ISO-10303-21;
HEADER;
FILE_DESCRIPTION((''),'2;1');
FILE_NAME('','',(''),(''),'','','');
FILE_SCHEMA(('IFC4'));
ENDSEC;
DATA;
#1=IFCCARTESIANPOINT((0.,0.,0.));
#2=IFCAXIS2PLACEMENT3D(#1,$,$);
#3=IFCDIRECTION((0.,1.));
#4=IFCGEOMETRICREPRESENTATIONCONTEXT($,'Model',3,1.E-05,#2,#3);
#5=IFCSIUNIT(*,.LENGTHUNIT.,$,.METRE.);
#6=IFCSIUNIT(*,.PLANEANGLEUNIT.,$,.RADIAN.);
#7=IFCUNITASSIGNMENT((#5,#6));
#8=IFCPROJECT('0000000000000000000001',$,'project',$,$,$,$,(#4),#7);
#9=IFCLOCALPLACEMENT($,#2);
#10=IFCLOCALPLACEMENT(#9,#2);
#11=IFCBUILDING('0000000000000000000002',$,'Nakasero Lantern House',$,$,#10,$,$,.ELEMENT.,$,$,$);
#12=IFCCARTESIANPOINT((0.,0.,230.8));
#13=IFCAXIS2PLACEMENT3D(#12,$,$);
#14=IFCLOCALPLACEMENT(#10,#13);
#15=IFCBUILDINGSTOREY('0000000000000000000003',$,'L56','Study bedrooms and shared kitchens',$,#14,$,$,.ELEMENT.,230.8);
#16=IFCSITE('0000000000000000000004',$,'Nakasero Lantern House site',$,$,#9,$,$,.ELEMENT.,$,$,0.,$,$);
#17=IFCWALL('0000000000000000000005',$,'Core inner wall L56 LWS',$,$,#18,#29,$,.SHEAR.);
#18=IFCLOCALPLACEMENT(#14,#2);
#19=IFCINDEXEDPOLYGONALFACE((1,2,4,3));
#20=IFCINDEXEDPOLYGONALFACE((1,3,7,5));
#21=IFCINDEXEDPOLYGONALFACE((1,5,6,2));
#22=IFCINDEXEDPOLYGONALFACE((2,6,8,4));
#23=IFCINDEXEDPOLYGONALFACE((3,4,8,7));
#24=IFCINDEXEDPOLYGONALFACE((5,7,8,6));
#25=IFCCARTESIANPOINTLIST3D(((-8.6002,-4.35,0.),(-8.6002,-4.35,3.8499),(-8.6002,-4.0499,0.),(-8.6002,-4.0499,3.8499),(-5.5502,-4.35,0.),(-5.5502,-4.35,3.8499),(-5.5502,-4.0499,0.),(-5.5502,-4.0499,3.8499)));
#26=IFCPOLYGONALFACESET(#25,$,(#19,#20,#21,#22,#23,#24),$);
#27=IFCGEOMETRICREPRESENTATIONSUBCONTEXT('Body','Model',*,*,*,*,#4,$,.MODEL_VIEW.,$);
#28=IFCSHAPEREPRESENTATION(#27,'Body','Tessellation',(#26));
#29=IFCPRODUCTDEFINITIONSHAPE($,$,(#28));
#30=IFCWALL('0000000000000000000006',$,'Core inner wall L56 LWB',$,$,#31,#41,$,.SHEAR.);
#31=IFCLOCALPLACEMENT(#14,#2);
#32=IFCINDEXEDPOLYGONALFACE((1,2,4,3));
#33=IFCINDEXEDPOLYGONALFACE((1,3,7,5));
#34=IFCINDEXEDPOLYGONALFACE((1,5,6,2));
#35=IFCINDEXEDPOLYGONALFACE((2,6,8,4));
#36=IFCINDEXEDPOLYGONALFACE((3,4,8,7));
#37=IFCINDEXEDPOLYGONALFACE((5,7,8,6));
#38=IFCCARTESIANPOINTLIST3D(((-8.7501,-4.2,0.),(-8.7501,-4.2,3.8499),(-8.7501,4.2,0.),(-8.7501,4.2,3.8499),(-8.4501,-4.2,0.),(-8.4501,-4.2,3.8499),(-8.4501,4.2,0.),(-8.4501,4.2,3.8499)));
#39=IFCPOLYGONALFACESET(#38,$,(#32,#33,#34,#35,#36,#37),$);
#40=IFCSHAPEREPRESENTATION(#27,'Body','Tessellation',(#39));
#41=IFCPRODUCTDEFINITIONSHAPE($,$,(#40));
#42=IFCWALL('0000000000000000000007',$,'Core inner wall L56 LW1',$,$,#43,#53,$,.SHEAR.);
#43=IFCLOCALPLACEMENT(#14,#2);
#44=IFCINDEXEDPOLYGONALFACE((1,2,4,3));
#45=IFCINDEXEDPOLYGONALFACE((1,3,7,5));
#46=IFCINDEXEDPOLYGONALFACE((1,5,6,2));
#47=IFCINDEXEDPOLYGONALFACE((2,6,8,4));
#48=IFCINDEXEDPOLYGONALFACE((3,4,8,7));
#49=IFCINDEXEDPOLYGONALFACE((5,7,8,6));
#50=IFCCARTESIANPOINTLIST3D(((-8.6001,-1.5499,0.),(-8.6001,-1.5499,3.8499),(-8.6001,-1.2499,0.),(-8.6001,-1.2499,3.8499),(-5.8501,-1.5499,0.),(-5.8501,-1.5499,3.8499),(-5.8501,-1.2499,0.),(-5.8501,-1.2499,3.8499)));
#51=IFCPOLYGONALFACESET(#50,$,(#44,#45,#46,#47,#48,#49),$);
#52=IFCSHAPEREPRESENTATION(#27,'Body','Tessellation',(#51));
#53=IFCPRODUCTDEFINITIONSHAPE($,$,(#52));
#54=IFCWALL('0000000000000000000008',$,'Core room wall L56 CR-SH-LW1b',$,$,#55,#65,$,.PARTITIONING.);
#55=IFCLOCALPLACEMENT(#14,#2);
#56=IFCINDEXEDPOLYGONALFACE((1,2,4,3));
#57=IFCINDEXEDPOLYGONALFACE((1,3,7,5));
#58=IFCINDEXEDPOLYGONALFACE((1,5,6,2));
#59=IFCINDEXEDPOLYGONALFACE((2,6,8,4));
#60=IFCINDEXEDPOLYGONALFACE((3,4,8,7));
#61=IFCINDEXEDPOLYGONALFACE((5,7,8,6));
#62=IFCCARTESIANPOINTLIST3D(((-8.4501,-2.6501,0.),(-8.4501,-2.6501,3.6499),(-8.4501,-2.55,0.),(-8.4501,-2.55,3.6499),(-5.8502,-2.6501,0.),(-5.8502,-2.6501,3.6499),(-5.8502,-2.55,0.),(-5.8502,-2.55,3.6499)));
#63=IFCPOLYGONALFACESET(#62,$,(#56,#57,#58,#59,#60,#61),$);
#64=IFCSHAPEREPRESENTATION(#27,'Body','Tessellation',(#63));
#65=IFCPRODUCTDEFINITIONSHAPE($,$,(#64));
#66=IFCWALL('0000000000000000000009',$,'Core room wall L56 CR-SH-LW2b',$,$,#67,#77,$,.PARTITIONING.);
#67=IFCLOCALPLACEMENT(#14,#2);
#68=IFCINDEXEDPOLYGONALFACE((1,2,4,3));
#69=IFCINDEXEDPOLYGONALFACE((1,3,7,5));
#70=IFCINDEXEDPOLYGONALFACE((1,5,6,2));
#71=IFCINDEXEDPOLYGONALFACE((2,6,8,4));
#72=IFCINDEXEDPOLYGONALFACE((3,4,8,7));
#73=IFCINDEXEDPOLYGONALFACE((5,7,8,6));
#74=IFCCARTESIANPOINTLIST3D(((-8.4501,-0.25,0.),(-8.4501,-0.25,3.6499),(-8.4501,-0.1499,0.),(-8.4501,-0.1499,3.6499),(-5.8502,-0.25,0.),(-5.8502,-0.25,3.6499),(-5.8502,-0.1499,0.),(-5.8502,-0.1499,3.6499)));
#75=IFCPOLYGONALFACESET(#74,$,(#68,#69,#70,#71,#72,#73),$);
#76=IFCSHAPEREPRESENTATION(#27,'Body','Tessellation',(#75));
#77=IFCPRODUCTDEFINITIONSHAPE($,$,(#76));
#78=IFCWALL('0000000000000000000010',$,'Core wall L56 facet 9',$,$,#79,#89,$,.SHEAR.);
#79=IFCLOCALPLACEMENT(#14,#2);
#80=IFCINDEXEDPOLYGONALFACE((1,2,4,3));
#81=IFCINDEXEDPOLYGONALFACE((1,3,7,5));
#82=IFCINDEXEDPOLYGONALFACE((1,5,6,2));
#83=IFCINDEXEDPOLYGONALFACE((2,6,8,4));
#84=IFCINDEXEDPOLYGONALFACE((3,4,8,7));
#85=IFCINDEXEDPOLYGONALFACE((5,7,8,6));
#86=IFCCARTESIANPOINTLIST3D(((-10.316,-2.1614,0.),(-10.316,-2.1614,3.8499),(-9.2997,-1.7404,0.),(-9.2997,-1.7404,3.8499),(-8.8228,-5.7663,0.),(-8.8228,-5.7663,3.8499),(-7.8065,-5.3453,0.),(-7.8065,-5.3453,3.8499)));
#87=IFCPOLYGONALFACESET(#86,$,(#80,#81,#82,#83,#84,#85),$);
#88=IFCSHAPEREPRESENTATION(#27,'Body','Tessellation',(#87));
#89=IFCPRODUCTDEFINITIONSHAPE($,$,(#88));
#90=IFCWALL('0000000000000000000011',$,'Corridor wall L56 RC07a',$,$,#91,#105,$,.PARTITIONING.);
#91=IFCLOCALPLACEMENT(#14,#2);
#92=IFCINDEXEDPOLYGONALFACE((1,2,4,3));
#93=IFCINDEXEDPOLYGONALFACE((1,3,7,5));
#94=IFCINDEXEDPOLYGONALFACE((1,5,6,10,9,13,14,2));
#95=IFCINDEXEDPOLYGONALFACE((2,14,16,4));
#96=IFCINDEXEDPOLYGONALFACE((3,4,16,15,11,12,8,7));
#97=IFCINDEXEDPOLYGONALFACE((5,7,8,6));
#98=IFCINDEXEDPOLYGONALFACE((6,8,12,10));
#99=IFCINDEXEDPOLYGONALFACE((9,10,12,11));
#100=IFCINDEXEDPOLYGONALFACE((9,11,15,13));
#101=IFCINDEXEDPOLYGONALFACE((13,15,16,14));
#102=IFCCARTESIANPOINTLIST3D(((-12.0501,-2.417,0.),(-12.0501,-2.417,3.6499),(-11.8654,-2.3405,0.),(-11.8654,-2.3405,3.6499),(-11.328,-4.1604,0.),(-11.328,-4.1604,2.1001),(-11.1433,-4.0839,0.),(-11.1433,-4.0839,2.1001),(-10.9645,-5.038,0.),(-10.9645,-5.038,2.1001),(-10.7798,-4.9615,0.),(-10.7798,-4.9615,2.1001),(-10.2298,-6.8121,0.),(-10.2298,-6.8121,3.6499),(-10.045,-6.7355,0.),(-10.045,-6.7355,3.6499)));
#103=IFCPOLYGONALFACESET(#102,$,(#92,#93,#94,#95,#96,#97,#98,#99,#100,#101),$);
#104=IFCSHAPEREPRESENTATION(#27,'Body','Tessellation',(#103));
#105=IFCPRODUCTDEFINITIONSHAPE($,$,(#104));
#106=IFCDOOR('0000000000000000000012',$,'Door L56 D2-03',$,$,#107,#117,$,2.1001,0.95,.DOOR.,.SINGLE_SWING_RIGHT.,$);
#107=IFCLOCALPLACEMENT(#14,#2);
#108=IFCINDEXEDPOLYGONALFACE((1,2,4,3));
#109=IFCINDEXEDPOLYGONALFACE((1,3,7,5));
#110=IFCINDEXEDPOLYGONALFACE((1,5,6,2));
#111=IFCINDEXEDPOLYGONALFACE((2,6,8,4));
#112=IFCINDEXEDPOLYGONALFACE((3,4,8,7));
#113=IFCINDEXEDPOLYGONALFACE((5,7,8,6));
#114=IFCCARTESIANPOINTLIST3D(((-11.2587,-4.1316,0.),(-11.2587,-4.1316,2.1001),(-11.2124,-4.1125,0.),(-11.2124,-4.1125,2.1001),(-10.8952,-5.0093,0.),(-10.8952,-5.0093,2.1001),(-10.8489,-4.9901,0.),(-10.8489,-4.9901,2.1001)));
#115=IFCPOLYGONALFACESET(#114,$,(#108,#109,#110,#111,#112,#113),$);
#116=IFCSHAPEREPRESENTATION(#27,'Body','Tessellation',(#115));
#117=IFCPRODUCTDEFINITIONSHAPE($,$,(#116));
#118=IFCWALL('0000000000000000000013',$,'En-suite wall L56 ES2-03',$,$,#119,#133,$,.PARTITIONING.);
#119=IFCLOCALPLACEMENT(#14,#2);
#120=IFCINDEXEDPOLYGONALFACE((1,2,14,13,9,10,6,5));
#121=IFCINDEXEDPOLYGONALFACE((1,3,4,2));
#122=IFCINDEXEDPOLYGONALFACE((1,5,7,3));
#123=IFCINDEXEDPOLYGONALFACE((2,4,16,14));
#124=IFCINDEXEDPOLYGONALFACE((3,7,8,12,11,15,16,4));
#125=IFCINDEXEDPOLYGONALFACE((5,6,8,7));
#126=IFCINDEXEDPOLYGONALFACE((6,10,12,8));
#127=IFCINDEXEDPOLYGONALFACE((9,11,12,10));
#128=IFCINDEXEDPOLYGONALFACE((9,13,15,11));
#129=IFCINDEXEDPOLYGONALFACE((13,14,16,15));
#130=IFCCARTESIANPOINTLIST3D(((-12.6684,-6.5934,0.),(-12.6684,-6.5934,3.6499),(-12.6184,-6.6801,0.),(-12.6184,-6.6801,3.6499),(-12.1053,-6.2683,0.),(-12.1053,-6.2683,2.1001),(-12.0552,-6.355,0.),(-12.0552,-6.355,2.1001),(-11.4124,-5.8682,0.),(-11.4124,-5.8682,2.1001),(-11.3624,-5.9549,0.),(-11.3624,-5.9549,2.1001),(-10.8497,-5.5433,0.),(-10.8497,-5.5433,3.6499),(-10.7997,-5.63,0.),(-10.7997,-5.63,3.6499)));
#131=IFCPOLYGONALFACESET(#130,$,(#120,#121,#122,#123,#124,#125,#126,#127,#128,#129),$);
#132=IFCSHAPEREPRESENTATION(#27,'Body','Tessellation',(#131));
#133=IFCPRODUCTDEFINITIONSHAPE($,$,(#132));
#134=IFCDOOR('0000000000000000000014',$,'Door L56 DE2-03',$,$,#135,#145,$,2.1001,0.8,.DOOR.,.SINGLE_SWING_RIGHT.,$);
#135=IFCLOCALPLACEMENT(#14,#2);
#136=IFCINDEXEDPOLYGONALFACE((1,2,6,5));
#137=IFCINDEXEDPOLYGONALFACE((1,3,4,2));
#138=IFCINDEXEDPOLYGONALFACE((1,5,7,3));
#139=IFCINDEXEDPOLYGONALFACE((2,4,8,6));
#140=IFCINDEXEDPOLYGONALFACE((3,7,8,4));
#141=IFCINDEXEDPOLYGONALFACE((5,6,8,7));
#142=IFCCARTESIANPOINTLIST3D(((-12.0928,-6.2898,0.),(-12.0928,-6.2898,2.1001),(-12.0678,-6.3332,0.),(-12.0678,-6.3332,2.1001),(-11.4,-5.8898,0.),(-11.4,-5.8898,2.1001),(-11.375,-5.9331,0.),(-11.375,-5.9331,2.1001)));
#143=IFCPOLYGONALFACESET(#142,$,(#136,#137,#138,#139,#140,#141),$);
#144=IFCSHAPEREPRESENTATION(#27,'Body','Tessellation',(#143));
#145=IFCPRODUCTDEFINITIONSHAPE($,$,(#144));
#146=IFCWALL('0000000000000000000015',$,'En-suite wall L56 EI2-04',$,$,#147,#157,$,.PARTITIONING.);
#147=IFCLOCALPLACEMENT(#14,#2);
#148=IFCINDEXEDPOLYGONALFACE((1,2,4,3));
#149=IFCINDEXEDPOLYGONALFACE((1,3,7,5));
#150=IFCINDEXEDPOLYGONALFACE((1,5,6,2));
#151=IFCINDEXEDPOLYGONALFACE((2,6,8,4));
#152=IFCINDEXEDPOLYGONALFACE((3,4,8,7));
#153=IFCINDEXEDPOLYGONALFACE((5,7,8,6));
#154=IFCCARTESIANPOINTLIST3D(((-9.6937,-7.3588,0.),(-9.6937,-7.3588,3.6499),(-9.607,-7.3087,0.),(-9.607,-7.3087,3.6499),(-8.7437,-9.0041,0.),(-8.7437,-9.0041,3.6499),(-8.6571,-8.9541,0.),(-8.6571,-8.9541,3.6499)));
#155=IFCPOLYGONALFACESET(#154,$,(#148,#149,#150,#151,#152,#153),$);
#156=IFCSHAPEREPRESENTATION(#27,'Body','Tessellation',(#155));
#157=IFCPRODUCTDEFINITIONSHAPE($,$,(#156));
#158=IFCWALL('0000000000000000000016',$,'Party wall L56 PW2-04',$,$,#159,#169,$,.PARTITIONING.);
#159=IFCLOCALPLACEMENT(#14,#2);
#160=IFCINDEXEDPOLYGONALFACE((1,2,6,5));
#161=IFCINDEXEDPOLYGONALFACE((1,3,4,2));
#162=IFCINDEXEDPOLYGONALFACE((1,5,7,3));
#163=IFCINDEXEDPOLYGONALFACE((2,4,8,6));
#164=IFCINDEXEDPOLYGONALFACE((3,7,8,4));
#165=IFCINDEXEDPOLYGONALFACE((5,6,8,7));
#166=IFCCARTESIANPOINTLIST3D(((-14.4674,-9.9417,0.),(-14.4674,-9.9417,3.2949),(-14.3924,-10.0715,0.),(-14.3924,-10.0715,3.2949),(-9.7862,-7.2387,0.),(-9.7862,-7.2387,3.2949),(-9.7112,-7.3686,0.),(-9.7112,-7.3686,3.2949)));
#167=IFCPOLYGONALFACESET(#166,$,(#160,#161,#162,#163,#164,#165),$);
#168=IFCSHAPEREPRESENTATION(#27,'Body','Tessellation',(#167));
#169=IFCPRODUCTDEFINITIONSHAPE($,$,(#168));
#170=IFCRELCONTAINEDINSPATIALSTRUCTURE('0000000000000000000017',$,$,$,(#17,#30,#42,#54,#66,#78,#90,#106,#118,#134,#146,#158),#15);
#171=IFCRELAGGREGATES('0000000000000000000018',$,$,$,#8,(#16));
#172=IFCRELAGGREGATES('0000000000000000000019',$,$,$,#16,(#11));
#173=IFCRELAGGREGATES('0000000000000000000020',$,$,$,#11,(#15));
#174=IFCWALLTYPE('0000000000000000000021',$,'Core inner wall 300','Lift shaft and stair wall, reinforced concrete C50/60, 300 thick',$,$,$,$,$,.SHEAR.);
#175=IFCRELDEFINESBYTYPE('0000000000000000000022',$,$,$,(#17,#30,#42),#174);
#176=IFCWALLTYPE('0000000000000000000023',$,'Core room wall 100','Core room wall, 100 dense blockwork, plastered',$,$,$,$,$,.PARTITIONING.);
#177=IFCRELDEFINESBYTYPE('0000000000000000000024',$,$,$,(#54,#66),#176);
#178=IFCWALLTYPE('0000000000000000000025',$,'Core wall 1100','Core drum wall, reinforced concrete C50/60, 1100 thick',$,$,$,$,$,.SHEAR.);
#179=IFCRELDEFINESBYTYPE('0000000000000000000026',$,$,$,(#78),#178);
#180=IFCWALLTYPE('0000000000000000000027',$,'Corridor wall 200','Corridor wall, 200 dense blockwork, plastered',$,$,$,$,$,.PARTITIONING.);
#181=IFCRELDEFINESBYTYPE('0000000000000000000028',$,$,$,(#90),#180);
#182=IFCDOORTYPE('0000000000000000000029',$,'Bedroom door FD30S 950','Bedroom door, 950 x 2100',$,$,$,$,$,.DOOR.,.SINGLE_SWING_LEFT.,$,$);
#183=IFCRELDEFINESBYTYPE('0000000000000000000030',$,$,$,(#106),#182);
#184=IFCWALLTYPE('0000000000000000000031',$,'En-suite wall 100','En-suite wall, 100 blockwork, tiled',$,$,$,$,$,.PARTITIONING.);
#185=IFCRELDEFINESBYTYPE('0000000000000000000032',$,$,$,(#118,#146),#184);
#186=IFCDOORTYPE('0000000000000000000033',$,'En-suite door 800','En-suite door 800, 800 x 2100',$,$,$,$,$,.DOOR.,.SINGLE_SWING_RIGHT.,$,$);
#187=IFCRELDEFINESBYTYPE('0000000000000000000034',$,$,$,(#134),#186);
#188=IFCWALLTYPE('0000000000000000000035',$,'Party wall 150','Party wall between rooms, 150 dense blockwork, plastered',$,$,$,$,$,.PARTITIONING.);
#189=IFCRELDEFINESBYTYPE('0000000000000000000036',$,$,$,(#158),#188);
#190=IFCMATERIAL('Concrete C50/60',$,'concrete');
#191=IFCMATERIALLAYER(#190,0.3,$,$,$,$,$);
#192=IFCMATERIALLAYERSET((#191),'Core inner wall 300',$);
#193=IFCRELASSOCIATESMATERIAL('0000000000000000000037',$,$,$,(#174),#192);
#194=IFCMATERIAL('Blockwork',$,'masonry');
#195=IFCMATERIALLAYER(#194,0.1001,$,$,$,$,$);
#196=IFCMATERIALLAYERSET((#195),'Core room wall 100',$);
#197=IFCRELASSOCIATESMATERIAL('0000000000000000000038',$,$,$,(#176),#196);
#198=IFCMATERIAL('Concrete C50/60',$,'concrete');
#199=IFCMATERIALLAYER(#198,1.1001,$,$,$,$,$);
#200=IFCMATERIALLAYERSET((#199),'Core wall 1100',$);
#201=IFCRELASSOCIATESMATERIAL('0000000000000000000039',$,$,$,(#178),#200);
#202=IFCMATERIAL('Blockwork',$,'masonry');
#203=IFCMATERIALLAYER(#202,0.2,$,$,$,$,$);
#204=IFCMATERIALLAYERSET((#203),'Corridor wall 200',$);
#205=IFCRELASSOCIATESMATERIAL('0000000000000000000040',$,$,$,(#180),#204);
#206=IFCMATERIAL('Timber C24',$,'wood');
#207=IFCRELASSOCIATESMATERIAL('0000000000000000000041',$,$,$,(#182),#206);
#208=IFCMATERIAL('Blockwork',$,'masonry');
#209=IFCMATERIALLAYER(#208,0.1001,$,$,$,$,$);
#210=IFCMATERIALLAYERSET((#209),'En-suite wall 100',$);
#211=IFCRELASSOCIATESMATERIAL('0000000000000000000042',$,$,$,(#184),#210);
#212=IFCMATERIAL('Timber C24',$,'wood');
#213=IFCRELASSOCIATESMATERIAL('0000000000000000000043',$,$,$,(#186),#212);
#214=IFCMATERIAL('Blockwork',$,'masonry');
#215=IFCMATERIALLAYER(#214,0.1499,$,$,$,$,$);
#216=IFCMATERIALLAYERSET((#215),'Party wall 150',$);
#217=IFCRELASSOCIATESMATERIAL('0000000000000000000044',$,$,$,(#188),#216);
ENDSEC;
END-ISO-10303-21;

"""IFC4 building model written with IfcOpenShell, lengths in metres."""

from ifc_helpers import new_model, si_unit, direction, frame, frame_2d, origin, place, context, subcontext, project, spatial, rectangle, extrude, material, layer, layer_set, type_object, element, fill, save


model = new_model("IFC4")

# Units and contexts
model_context = context("Model", 3, precision=1e-05, world=origin(), true_north=direction((0.0, 1.0)))
body_context = subcontext(model_context, "Body", "Model", "MODEL_VIEW")
ifc_project = project(units=[si_unit("LENGTHUNIT", "METRE"), si_unit("PLANEANGLEUNIT", "RADIAN")], contexts=[model_context])

# Site, building, storey
site_placement = place(None, origin())
site = spatial("IfcSite", under=ifc_project, at=site_placement, Name="Nakasero Lantern House site", CompositionType="ELEMENT", RefElevation=0.0)
building_placement = place(site_placement, origin())
building = spatial("IfcBuilding", under=site, at=building_placement, Name="Nakasero Lantern House", CompositionType="ELEMENT")
storey_placement = place(building_placement, frame((0.0, 0.0, 230.8)))
storey = spatial("IfcBuildingStorey", under=building, at=storey_placement, Name="L56", Description="Study bedrooms and shared kitchens", CompositionType="ELEMENT", Elevation=230.8)

# Walls
ifc_material_1 = material(Name="Concrete C50/60", Category="concrete")
ifc_layer_1 = layer(ifc_material_1, 0.3)
ifc_layer_set_1 = layer_set([ifc_layer_1], Name="Core inner wall 300")
wall_type_1 = type_object("IfcWallType", Name="Core inner wall 300", Description="Lift shaft and stair wall, reinforced concrete C50/60, 300 thick", PredefinedType="SHEAR", material=ifc_layer_set_1)
wall_1_placement = place(storey_placement, frame((-8.6001, -4.2, 0.0), z_axis=(0.0, 0.0, 1.0), x_axis=(1.0, 0.0, 0.0)))
element("IfcWall", 1, at=wall_1_placement, inside=storey, type_object=wall_type_1, Name="Core inner wall L56 LWS", PredefinedType="SHEAR", context=body_context, shape_type="SweptSolid", body=[
    extrude(rectangle(XDim=3.05, YDim=0.3, at=frame_2d((1.5249, 0.0))), origin(), (0.0, 0.0, 1.0), 3.8499),
])
wall_2_placement = place(storey_placement, frame((-8.6001, -4.2, 0.0), z_axis=(0.0, 0.0, 1.0), x_axis=(0.0, 1.0, 0.0)))
element("IfcWall", 2, at=wall_2_placement, inside=storey, type_object=wall_type_1, Name="Core inner wall L56 LWB", PredefinedType="SHEAR", context=body_context, shape_type="SweptSolid", body=[
    extrude(rectangle(XDim=8.3999, YDim=0.3, at=frame_2d((4.2, 0.0))), origin(), (0.0, 0.0, 1.0), 3.8499),
])
wall_3_placement = place(storey_placement, frame((-8.6001, -1.3999, 0.0), z_axis=(0.0, 0.0, 1.0), x_axis=(1.0, 0.0, 0.0)))
element("IfcWall", 3, at=wall_3_placement, inside=storey, type_object=wall_type_1, Name="Core inner wall L56 LW1", PredefinedType="SHEAR", context=body_context, shape_type="SweptSolid", body=[
    extrude(rectangle(XDim=2.75, YDim=0.3, at=frame_2d((1.375, 0.0))), origin(), (0.0, 0.0, 1.0), 3.8499),
])
ifc_material_2 = material(Name="Blockwork", Category="masonry")
ifc_layer_2 = layer(ifc_material_2, 0.1001)
ifc_layer_set_2 = layer_set([ifc_layer_2], Name="Core room wall 100")
wall_type_2 = type_object("IfcWallType", Name="Core room wall 100", Description="Core room wall, 100 dense blockwork, plastered", PredefinedType="PARTITIONING", material=ifc_layer_set_2)
for number, where, z_axis, x_axis, name in (
    (4, (-8.45, -2.6001, 0.0), (0.0, 0.0, 1.0), (1.0, 0.0, 0.0), "Core room wall L56 CR-SH-LW1b"),
    (5, (-8.45, -0.2, 0.0), (0.0, 0.0, 1.0), (1.0, 0.0, 0.0), "Core room wall L56 CR-SH-LW2b"),
):
    element("IfcWall", number, at=place(storey_placement, frame(where, z_axis=z_axis, x_axis=x_axis)), inside=storey, type_object=wall_type_2, Name=name, PredefinedType="PARTITIONING", context=body_context, shape_type="SweptSolid", body=[
        extrude(rectangle(XDim=2.5999, YDim=0.1001, at=frame_2d((1.2998, 0.0))), origin(), (0.0, 0.0, 1.0), 3.6499),
    ])
ifc_material_3 = material(Name="Concrete C50/60", Category="concrete")
ifc_layer_3 = layer(ifc_material_3, 1.1001)
ifc_layer_set_3 = layer_set([ifc_layer_3], Name="Core wall 1100")
wall_type_3 = type_object("IfcWallType", Name="Core wall 1100", Description="Core drum wall, reinforced concrete C50/60, 1100 thick", PredefinedType="SHEAR", material=ifc_layer_set_3)
wall_4_placement = place(storey_placement, frame((-9.8079, -1.9509, 0.0), z_axis=(0.0, 0.0, 1.0), x_axis=(0.382691, -0.923877, 0.0)))
element("IfcWall", 6, at=wall_4_placement, inside=storey, type_object=wall_type_3, Name="Core wall L56 facet 9", PredefinedType="SHEAR", context=body_context, shape_type="SweptSolid", body=[
    extrude(rectangle(XDim=3.9019, YDim=1.1001, at=frame_2d((1.9509, 0.0))), origin(), (0.0, 0.0, 1.0), 3.8499),
])

# Walls, openings, doors
ifc_material_4 = material(Name="Blockwork", Category="masonry")
ifc_layer_4 = layer(ifc_material_4, 0.2)
ifc_layer_set_4 = layer_set([ifc_layer_4], Name="Corridor wall 200")
wall_type_4 = type_object("IfcWallType", Name="Corridor wall 200", Description="Corridor wall, 200 dense blockwork, plastered", PredefinedType="PARTITIONING", material=ifc_layer_set_4)
wall_5_placement = place(storey_placement, frame((-10.1375, -6.7737, 0.0), z_axis=(0.0, 0.0, 1.0), x_axis=(-0.382654, 0.923892, 0.0)))
wall_5 = element("IfcWall", 7, at=wall_5_placement, inside=storey, type_object=wall_type_4, Name="Corridor wall L56 RC07a", PredefinedType="PARTITIONING", context=body_context, shape_type="SweptSolid", body=[
    extrude(rectangle(XDim=4.7571, YDim=0.2, at=frame_2d((2.3784, 0.0))), origin(), (0.0, 0.0, 1.0), 3.6499),
])
opening_1_placement = place(wall_5_placement, frame((1.9199, 0.0, 0.0)))
opening_1 = element("IfcOpeningElement", 8, at=opening_1_placement, cuts=wall_5, PredefinedType="OPENING", context=body_context, shape_type="SweptSolid", body=[
    extrude(rectangle(XDim=0.95, YDim=2.1001, at=frame_2d((0.4751, 1.05))), frame((0.0, 0.1199, 0.0), z_axis=(0.0, -1.0, 0.0), x_axis=(1.0, 0.0, 0.0)), (0.0, 0.0, 1.0), 0.24),
])
ifc_material_5 = material(Name="Timber C24", Category="wood")
door_type_1 = type_object("IfcDoorType", Name="Bedroom door FD30S 950", Description="Bedroom door, 950 x 2100", OperationType="SINGLE_SWING_LEFT", PredefinedType="DOOR", material=ifc_material_5)
door_1_placement = place(opening_1_placement, origin())
door_1 = element("IfcDoor", 9, at=door_1_placement, inside=storey, type_object=door_type_1, Name="Door L56 D2-03", OperationType="SINGLE_SWING_RIGHT", OverallHeight=2.1001, OverallWidth=0.95, PredefinedType="DOOR", context=body_context, shape_type="SweptSolid", body=[
    extrude(rectangle(XDim=0.95, YDim=2.1001, at=frame_2d((0.4751, 1.05))), frame((0.0, 0.0249, 0.0), z_axis=(0.0, -1.0, 0.0), x_axis=(1.0, 0.0, 0.0)), (0.0, 0.0, 1.0), 0.05),
])
fill(opening_1, door_1)
ifc_material_6 = material(Name="Blockwork", Category="masonry")
ifc_layer_5 = layer(ifc_material_6, 0.1001)
ifc_layer_set_5 = layer_set([ifc_layer_5], Name="En-suite wall 100")
wall_type_5 = type_object("IfcWallType", Name="En-suite wall 100", Description="En-suite wall, 100 blockwork, tiled", PredefinedType="PARTITIONING", material=ifc_layer_set_5)
wall_6_placement = place(storey_placement, frame((-10.8247, -5.5867, 0.0), z_axis=(0.0, 0.0, 1.0), x_axis=(-0.866009, -0.500028, 0.0)))
wall_6 = element("IfcWall", 10, at=wall_6_placement, inside=storey, type_object=wall_type_5, Name="En-suite wall L56 ES2-03", PredefinedType="PARTITIONING", context=body_context, shape_type="SweptSolid", body=[
    extrude(rectangle(XDim=2.1001, YDim=0.1001, at=frame_2d((1.05, 0.0))), origin(), (0.0, 0.0, 1.0), 3.6499),
])
opening_2_placement = place(wall_6_placement, frame((0.6499, 0.0, 0.0)))
opening_2 = element("IfcOpeningElement", 11, at=opening_2_placement, cuts=wall_6, PredefinedType="OPENING", context=body_context, shape_type="SweptSolid", body=[
    extrude(rectangle(XDim=0.8, YDim=2.1001, at=frame_2d((0.3999, 1.05))), frame((0.0, 0.0701, 0.0), z_axis=(0.0, -1.0, 0.0), x_axis=(1.0, 0.0, 0.0)), (0.0, 0.0, 1.0), 0.1401),
])
ifc_material_7 = material(Name="Timber C24", Category="wood")
door_type_2 = type_object("IfcDoorType", Name="En-suite door 800", Description="En-suite door 800, 800 x 2100", OperationType="SINGLE_SWING_RIGHT", PredefinedType="DOOR", material=ifc_material_7)
door_2_placement = place(opening_2_placement, origin())
door_2 = element("IfcDoor", 12, at=door_2_placement, inside=storey, type_object=door_type_2, Name="Door L56 DE2-03", OperationType="SINGLE_SWING_RIGHT", OverallHeight=2.1001, OverallWidth=0.8, PredefinedType="DOOR", context=body_context, shape_type="SweptSolid", body=[
    extrude(rectangle(XDim=0.8, YDim=2.1001, at=frame_2d((0.3999, 1.05))), frame((0.0, 0.0249, 0.0), z_axis=(0.0, -1.0, 0.0), x_axis=(1.0, 0.0, 0.0)), (0.0, 0.0, 1.0), 0.05),
])
fill(opening_2, door_2)

# Walls
wall_7_placement = place(storey_placement, frame((-9.6504, -7.3337, 0.0), z_axis=(0.0, 0.0, 1.0), x_axis=(0.500023, -0.866012, 0.0)))
element("IfcWall", 13, at=wall_7_placement, inside=storey, type_object=wall_type_5, Name="En-suite wall L56 EI2-04", PredefinedType="PARTITIONING", context=body_context, shape_type="SweptSolid", body=[
    extrude(rectangle(XDim=1.8999, YDim=0.1001, at=frame_2d((0.95, 0.0))), origin(), (0.0, 0.0, 1.0), 3.6499),
])
ifc_material_8 = material(Name="Blockwork", Category="masonry")
ifc_layer_6 = layer(ifc_material_8, 0.1499)
ifc_layer_set_6 = layer_set([ifc_layer_6], Name="Party wall 150")
wall_type_6 = type_object("IfcWallType", Name="Party wall 150", Description="Party wall between rooms, 150 dense blockwork, plastered", PredefinedType="PARTITIONING", material=ifc_layer_set_6)
wall_8_placement = place(storey_placement, frame((-9.7488, -7.3037, 0.0), z_axis=(0.0, 0.0, 1.0), x_axis=(-0.866008, -0.50003, 0.0)))
element("IfcWall", 14, at=wall_8_placement, inside=storey, type_object=wall_type_6, Name="Party wall L56 PW2-04", PredefinedType="PARTITIONING", context=body_context, shape_type="SweptSolid", body=[
    extrude(rectangle(XDim=5.4055, YDim=0.1499, at=frame_2d((2.7026, 0.0))), origin(), (0.0, 0.0, 1.0), 3.2949),
])

save(model, "model.ifc")
